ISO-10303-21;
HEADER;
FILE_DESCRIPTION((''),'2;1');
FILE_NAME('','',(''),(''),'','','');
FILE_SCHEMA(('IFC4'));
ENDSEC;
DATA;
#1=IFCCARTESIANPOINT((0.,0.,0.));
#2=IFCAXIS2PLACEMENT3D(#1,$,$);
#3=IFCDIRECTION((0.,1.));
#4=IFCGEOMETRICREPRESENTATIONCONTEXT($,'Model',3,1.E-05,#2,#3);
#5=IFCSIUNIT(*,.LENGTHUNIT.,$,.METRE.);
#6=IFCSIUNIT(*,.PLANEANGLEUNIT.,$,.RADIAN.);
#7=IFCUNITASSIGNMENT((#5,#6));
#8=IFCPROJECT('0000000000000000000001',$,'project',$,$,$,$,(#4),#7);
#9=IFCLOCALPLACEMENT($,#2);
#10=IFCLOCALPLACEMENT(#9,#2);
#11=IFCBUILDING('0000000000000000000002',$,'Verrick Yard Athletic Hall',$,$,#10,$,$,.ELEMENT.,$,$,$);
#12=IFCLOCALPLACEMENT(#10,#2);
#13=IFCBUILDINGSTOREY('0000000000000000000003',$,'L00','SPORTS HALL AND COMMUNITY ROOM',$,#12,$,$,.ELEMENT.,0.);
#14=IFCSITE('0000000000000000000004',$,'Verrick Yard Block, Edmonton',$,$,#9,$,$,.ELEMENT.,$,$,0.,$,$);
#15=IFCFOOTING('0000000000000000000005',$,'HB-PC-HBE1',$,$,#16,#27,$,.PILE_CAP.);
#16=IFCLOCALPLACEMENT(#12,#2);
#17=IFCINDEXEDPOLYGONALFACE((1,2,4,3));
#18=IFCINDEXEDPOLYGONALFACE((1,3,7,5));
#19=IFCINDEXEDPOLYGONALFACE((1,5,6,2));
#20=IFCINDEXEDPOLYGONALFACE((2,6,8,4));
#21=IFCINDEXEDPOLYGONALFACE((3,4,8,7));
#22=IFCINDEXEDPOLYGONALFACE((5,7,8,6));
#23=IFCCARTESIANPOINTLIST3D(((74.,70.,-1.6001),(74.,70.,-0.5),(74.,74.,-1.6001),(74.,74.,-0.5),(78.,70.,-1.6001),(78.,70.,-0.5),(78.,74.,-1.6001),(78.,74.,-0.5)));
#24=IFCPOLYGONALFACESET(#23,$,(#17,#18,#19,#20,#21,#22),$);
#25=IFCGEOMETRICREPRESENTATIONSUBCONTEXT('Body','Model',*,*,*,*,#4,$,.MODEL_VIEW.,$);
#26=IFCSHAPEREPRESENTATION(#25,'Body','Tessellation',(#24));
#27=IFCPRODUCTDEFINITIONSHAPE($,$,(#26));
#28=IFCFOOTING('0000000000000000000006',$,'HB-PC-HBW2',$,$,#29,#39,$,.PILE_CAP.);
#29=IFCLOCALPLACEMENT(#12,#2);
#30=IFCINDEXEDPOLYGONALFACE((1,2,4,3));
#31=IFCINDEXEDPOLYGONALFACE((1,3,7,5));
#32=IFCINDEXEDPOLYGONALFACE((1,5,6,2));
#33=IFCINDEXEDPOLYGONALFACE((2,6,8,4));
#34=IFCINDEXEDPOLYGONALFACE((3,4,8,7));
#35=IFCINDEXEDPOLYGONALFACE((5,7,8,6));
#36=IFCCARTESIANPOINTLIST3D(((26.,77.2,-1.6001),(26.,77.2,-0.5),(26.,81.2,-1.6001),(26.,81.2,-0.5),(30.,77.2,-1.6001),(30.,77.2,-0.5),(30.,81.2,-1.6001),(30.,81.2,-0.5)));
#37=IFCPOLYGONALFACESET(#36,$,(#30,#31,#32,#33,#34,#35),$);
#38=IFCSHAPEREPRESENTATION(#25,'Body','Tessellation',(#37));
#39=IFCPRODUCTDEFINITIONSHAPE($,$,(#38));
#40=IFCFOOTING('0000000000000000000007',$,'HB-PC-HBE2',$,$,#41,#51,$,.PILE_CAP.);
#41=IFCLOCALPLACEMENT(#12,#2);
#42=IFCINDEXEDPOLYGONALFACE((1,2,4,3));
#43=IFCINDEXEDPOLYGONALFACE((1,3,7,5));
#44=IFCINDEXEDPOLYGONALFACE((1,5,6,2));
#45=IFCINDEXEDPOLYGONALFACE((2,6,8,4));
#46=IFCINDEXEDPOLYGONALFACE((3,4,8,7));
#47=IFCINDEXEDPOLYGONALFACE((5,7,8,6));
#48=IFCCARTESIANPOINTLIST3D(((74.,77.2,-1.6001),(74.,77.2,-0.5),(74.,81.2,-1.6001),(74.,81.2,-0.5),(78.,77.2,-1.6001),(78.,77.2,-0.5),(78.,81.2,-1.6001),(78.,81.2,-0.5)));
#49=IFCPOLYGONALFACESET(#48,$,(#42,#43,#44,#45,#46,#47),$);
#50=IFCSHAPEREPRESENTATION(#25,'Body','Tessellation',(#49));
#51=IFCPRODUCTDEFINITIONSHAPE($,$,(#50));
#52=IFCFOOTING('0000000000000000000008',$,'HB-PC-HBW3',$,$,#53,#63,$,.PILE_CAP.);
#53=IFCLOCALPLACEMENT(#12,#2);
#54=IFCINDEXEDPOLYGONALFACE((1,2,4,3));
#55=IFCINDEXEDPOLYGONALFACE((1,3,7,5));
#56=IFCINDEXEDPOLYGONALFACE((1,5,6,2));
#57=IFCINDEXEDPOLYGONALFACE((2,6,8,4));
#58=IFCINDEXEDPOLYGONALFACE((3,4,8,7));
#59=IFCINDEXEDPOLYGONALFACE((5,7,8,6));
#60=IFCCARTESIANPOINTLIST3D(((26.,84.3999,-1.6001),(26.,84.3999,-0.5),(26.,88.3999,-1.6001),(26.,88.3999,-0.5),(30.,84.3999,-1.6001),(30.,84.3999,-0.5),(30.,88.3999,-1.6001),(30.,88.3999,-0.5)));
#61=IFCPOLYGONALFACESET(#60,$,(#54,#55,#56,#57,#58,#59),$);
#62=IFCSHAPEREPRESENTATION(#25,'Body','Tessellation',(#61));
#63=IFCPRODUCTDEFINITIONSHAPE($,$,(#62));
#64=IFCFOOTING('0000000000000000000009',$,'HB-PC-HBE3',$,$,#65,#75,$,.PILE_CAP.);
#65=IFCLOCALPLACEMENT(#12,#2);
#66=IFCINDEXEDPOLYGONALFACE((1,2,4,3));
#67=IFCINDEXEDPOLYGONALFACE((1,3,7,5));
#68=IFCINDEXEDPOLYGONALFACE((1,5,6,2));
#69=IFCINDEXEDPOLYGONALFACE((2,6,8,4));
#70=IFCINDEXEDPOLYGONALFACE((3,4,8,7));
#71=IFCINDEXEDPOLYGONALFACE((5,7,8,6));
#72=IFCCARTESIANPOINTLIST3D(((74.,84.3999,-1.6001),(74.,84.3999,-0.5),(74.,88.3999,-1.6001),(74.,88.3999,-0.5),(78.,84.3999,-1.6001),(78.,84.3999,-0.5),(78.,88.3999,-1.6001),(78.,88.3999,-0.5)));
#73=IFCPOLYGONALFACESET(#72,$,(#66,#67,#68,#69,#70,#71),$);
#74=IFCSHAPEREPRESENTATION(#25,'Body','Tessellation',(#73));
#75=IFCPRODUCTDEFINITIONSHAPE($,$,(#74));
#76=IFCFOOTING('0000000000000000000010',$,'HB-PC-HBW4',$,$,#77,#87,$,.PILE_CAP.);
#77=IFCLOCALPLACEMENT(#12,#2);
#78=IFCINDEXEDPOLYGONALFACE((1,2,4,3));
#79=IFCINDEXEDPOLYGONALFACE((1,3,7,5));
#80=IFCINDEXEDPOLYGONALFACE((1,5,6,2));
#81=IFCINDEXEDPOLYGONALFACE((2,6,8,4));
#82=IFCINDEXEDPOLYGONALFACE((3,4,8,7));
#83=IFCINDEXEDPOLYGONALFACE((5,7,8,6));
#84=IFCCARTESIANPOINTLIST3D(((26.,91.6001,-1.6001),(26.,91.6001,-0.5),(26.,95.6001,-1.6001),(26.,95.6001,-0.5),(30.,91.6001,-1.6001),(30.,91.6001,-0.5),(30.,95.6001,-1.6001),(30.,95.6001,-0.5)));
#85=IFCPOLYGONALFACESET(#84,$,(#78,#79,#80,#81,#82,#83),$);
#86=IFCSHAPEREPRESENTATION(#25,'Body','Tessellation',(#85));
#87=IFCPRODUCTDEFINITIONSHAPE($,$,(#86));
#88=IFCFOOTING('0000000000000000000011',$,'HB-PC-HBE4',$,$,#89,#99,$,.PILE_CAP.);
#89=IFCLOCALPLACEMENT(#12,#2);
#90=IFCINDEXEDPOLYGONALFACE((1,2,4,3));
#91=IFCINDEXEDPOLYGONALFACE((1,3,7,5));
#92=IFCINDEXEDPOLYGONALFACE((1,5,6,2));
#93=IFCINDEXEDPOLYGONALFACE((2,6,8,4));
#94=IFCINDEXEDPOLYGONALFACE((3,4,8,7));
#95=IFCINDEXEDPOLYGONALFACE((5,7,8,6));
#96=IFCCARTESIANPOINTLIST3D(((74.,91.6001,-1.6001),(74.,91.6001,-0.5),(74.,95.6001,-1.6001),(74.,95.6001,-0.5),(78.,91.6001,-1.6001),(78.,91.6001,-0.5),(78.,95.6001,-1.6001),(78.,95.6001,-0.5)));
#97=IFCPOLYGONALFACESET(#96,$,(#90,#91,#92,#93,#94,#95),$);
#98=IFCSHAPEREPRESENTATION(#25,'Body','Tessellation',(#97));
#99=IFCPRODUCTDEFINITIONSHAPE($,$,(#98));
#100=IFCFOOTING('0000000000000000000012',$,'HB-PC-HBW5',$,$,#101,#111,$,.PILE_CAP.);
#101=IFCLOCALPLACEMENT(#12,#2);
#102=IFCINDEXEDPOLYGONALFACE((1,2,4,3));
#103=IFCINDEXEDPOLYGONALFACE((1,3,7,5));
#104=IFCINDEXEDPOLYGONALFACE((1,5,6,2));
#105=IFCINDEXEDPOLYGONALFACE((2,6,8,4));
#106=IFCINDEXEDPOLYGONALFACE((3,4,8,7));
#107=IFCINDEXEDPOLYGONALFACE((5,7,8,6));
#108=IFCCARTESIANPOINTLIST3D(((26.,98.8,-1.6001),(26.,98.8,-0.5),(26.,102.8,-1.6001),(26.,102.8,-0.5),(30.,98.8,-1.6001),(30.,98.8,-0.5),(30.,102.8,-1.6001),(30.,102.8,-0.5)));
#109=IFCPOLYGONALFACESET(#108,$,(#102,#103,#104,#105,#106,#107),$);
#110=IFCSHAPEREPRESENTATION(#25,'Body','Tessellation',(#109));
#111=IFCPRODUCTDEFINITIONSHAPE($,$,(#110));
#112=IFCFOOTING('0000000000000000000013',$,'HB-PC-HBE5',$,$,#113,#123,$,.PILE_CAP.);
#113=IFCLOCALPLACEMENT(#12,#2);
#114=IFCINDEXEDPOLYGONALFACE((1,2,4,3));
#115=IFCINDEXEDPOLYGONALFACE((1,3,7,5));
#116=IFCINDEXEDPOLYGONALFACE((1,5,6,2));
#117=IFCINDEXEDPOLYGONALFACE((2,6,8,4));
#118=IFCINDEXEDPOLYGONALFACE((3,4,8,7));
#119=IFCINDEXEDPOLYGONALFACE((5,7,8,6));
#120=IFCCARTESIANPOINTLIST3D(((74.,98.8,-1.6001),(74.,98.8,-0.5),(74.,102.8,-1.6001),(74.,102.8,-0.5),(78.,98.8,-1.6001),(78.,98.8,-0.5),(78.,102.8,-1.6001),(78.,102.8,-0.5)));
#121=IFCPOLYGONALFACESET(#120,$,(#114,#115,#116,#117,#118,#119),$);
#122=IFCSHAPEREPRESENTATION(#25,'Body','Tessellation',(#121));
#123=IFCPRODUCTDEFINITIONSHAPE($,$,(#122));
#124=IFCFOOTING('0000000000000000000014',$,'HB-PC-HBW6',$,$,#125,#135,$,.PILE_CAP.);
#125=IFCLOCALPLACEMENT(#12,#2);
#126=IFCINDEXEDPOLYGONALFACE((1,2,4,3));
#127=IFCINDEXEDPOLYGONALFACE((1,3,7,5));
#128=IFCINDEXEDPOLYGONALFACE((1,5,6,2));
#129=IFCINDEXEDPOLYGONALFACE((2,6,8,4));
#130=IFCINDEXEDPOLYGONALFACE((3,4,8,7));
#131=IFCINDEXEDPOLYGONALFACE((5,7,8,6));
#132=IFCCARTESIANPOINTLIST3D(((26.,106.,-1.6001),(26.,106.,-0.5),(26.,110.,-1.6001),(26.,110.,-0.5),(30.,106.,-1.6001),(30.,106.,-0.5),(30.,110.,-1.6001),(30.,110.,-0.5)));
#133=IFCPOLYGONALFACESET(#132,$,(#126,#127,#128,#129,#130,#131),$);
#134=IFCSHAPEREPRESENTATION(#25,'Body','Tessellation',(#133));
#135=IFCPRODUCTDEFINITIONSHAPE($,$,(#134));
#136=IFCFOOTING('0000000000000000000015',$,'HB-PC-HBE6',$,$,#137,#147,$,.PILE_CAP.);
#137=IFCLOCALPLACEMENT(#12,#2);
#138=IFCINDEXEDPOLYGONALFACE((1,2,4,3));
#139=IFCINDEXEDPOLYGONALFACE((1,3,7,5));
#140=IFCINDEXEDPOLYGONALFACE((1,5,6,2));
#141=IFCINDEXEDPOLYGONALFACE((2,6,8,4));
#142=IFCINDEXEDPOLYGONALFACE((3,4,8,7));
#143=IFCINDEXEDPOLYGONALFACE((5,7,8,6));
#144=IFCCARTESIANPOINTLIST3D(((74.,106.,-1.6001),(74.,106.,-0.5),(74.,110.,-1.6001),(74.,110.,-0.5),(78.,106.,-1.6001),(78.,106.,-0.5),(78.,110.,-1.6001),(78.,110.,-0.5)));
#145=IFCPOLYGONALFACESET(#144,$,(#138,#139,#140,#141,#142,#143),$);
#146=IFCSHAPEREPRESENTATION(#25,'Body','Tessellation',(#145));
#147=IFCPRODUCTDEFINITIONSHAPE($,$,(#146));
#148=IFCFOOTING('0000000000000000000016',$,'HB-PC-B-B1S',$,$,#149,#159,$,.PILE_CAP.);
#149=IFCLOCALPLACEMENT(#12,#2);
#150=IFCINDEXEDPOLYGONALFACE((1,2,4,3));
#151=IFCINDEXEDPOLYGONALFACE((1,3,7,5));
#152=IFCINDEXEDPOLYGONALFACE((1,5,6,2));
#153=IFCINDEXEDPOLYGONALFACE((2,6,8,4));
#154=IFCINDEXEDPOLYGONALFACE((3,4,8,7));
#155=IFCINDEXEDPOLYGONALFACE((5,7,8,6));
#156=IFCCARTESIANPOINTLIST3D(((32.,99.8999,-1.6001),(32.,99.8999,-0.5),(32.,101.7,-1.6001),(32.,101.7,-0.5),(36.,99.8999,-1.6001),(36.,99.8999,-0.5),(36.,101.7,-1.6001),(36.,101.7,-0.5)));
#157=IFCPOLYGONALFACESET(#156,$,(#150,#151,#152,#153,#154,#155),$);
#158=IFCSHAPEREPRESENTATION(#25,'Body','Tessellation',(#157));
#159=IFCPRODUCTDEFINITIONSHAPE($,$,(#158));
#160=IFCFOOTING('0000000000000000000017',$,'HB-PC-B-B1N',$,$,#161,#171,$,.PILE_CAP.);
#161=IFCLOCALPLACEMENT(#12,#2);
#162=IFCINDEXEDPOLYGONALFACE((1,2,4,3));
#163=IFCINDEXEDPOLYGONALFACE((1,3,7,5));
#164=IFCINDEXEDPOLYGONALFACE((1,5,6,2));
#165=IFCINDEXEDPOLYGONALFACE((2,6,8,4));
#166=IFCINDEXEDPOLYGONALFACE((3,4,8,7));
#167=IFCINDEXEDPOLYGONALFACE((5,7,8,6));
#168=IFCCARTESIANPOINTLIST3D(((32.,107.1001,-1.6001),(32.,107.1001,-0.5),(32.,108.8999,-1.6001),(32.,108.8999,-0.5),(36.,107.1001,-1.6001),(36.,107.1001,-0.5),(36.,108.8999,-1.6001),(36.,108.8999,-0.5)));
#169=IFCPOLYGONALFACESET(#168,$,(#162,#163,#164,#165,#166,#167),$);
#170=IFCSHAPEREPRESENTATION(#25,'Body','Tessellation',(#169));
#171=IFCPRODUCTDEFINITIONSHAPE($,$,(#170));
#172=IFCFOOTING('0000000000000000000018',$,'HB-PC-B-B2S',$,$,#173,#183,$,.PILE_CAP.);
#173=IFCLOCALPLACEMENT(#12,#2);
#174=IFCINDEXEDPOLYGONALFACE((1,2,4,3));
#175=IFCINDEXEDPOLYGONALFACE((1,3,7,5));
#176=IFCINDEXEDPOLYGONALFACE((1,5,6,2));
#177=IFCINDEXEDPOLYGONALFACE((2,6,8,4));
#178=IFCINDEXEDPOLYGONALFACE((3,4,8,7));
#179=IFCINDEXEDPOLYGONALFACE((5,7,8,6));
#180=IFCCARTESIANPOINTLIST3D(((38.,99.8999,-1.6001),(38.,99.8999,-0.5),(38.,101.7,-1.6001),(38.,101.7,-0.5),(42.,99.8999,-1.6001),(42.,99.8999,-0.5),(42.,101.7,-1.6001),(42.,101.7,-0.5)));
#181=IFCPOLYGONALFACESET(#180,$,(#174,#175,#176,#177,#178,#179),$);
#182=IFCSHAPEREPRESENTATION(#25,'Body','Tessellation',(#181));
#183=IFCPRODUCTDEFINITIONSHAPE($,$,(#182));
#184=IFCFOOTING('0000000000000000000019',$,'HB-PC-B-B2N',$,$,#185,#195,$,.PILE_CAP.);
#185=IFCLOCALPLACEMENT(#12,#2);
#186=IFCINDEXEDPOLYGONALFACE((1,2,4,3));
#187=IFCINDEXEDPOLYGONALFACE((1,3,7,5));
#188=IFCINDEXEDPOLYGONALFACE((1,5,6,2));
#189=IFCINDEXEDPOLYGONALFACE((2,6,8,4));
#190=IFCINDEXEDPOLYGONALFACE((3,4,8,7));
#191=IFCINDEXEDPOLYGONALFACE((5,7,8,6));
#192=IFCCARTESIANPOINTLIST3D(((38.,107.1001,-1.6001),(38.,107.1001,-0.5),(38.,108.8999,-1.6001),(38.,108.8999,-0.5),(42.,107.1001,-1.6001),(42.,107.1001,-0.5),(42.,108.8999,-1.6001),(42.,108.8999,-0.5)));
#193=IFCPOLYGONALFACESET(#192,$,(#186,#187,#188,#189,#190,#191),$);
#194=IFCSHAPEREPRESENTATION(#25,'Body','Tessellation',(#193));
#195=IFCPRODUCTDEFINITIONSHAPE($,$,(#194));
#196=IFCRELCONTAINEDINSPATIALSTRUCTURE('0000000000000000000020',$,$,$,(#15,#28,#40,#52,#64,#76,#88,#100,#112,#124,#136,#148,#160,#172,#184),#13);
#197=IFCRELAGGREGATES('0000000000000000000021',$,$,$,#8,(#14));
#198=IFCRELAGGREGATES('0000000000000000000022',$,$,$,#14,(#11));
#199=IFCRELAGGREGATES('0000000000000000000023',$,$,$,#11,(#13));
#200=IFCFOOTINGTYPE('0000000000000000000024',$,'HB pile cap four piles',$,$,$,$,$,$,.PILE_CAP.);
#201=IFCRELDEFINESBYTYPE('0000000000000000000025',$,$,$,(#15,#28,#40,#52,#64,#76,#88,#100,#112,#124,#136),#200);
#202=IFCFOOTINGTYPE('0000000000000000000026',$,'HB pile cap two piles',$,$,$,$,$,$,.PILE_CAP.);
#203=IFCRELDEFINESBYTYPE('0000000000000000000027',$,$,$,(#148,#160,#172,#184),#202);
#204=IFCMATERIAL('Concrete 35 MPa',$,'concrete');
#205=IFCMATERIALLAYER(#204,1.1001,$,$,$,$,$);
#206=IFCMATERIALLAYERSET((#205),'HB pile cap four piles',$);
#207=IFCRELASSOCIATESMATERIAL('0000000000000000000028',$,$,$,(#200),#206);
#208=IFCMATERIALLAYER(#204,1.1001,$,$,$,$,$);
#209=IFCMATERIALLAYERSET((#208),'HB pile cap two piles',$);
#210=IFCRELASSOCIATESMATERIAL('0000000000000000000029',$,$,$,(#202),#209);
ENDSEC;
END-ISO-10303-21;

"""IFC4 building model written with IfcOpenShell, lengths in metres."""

from ifc_helpers import new_model, si_unit, direction, frame, origin, place, context, subcontext, project, spatial, polyline, outline, extrude, material, layer, layer_set, type_object, element, save


model = new_model("IFC4")

# Units and contexts
model_context = context("Model", 3, precision=1e-05, world=origin(), true_north=direction((0.0, 1.0)))
body_context = subcontext(model_context, "Body", "Model", "MODEL_VIEW")
ifc_project = project(units=[si_unit("LENGTHUNIT", "METRE"), si_unit("PLANEANGLEUNIT", "RADIAN")], contexts=[model_context])

# Site, building, storey
site_placement = place(None, origin())
site = spatial("IfcSite", under=ifc_project, at=site_placement, Name="Verrick Yard Block, Edmonton", CompositionType="ELEMENT", RefElevation=0.0)
building_placement = place(site_placement, origin())
building = spatial("IfcBuilding", under=site, at=building_placement, Name="Verrick Yard Athletic Hall", CompositionType="ELEMENT")
storey_placement = place(building_placement, origin())
storey = spatial("IfcBuildingStorey", under=building, at=storey_placement, Name="L00", Description="SPORTS HALL AND COMMUNITY ROOM", CompositionType="ELEMENT", Elevation=0.0)

# Footings
ifc_material = material(Name="Concrete 35 MPa", Category="concrete")
ifc_layer_1 = layer(ifc_material, 1.1001)
ifc_layer_set_1 = layer_set([ifc_layer_1], Name="HB pile cap four piles")
footing_type_1 = type_object("IfcFootingType", Name="HB pile cap four piles", PredefinedType="PILE_CAP", material=ifc_layer_set_1)
footing_1_placement = place(storey_placement, frame((0.0, 0.0, -1.6001)))
element("IfcFooting", 1, at=footing_1_placement, inside=storey, type_object=footing_type_1, Name="HB-PC-HBE1", PredefinedType="PILE_CAP", context=body_context, shape_type="SweptSolid", body=[
    extrude(outline(polyline([(74.0, 70.0), (78.0, 70.0), (78.0, 74.0), (74.0, 74.0), (74.0, 70.0)])), origin(), (0.0, 0.0, 1.0), 1.1001),
])
footing_2_placement = place(storey_placement, frame((0.0, 0.0, -1.6001)))
element("IfcFooting", 2, at=footing_2_placement, inside=storey, type_object=footing_type_1, Name="HB-PC-HBW2", PredefinedType="PILE_CAP", context=body_context, shape_type="SweptSolid", body=[
    extrude(outline(polyline([(26.0, 77.2), (30.0, 77.2), (30.0, 81.2), (26.0, 81.2), (26.0, 77.2)])), origin(), (0.0, 0.0, 1.0), 1.1001),
])
footing_3_placement = place(storey_placement, frame((0.0, 0.0, -1.6001)))
element("IfcFooting", 3, at=footing_3_placement, inside=storey, type_object=footing_type_1, Name="HB-PC-HBE2", PredefinedType="PILE_CAP", context=body_context, shape_type="SweptSolid", body=[
    extrude(outline(polyline([(74.0, 77.2), (78.0, 77.2), (78.0, 81.2), (74.0, 81.2), (74.0, 77.2)])), origin(), (0.0, 0.0, 1.0), 1.1001),
])
footing_4_placement = place(storey_placement, frame((0.0, 0.0, -1.6001)))
element("IfcFooting", 4, at=footing_4_placement, inside=storey, type_object=footing_type_1, Name="HB-PC-HBW3", PredefinedType="PILE_CAP", context=body_context, shape_type="SweptSolid", body=[
    extrude(outline(polyline([(26.0, 84.3999), (30.0, 84.3999), (30.0, 88.3999), (26.0, 88.3999), (26.0, 84.3999)])), origin(), (0.0, 0.0, 1.0), 1.1001),
])
footing_5_placement = place(storey_placement, frame((0.0, 0.0, -1.6001)))
element("IfcFooting", 5, at=footing_5_placement, inside=storey, type_object=footing_type_1, Name="HB-PC-HBE3", PredefinedType="PILE_CAP", context=body_context, shape_type="SweptSolid", body=[
    extrude(outline(polyline([(74.0, 84.3999), (78.0, 84.3999), (78.0, 88.3999), (74.0, 88.3999), (74.0, 84.3999)])), origin(), (0.0, 0.0, 1.0), 1.1001),
])
footing_6_placement = place(storey_placement, frame((0.0, 0.0, -1.6001)))
element("IfcFooting", 6, at=footing_6_placement, inside=storey, type_object=footing_type_1, Name="HB-PC-HBW4", PredefinedType="PILE_CAP", context=body_context, shape_type="SweptSolid", body=[
    extrude(outline(polyline([(26.0, 91.6001), (30.0, 91.6001), (30.0, 95.6001), (26.0, 95.6001), (26.0, 91.6001)])), origin(), (0.0, 0.0, 1.0), 1.1001),
])
footing_7_placement = place(storey_placement, frame((0.0, 0.0, -1.6001)))
element("IfcFooting", 7, at=footing_7_placement, inside=storey, type_object=footing_type_1, Name="HB-PC-HBE4", PredefinedType="PILE_CAP", context=body_context, shape_type="SweptSolid", body=[
    extrude(outline(polyline([(74.0, 91.6001), (78.0, 91.6001), (78.0, 95.6001), (74.0, 95.6001), (74.0, 91.6001)])), origin(), (0.0, 0.0, 1.0), 1.1001),
])
footing_8_placement = place(storey_placement, frame((0.0, 0.0, -1.6001)))
element("IfcFooting", 8, at=footing_8_placement, inside=storey, type_object=footing_type_1, Name="HB-PC-HBW5", PredefinedType="PILE_CAP", context=body_context, shape_type="SweptSolid", body=[
    extrude(outline(polyline([(26.0, 98.8), (30.0, 98.8), (30.0, 102.8), (26.0, 102.8), (26.0, 98.8)])), origin(), (0.0, 0.0, 1.0), 1.1001),
])
footing_9_placement = place(storey_placement, frame((0.0, 0.0, -1.6001)))
element("IfcFooting", 9, at=footing_9_placement, inside=storey, type_object=footing_type_1, Name="HB-PC-HBE5", PredefinedType="PILE_CAP", context=body_context, shape_type="SweptSolid", body=[
    extrude(outline(polyline([(74.0, 98.8), (78.0, 98.8), (78.0, 102.8), (74.0, 102.8), (74.0, 98.8)])), origin(), (0.0, 0.0, 1.0), 1.1001),
])
footing_10_placement = place(storey_placement, frame((0.0, 0.0, -1.6001)))
element("IfcFooting", 10, at=footing_10_placement, inside=storey, type_object=footing_type_1, Name="HB-PC-HBW6", PredefinedType="PILE_CAP", context=body_context, shape_type="SweptSolid", body=[
    extrude(outline(polyline([(26.0, 106.0), (30.0, 106.0), (30.0, 110.0), (26.0, 110.0), (26.0, 106.0)])), origin(), (0.0, 0.0, 1.0), 1.1001),
])
footing_11_placement = place(storey_placement, frame((0.0, 0.0, -1.6001)))
element("IfcFooting", 11, at=footing_11_placement, inside=storey, type_object=footing_type_1, Name="HB-PC-HBE6", PredefinedType="PILE_CAP", context=body_context, shape_type="SweptSolid", body=[
    extrude(outline(polyline([(74.0, 106.0), (78.0, 106.0), (78.0, 110.0), (74.0, 110.0), (74.0, 106.0)])), origin(), (0.0, 0.0, 1.0), 1.1001),
])
ifc_layer_2 = layer(ifc_material, 1.1001)
ifc_layer_set_2 = layer_set([ifc_layer_2], Name="HB pile cap two piles")
footing_type_2 = type_object("IfcFootingType", Name="HB pile cap two piles", PredefinedType="PILE_CAP", material=ifc_layer_set_2)
footing_12_placement = place(storey_placement, frame((0.0, 0.0, -1.6001)))
element("IfcFooting", 12, at=footing_12_placement, inside=storey, type_object=footing_type_2, Name="HB-PC-B-B1S", PredefinedType="PILE_CAP", context=body_context, shape_type="SweptSolid", body=[
    extrude(outline(polyline([(32.0, 99.8999), (36.0, 99.8999), (36.0, 101.7), (32.0, 101.7), (32.0, 99.8999)])), origin(), (0.0, 0.0, 1.0), 1.1001),
])
footing_13_placement = place(storey_placement, frame((0.0, 0.0, -1.6001)))
element("IfcFooting", 13, at=footing_13_placement, inside=storey, type_object=footing_type_2, Name="HB-PC-B-B1N", PredefinedType="PILE_CAP", context=body_context, shape_type="SweptSolid", body=[
    extrude(outline(polyline([(32.0, 107.1001), (36.0, 107.1001), (36.0, 108.8999), (32.0, 108.8999), (32.0, 107.1001)])), origin(), (0.0, 0.0, 1.0), 1.1001),
])
footing_14_placement = place(storey_placement, frame((0.0, 0.0, -1.6001)))
element("IfcFooting", 14, at=footing_14_placement, inside=storey, type_object=footing_type_2, Name="HB-PC-B-B2S", PredefinedType="PILE_CAP", context=body_context, shape_type="SweptSolid", body=[
    extrude(outline(polyline([(38.0, 99.8999), (42.0, 99.8999), (42.0, 101.7), (38.0, 101.7), (38.0, 99.8999)])), origin(), (0.0, 0.0, 1.0), 1.1001),
])
footing_15_placement = place(storey_placement, frame((0.0, 0.0, -1.6001)))
element("IfcFooting", 15, at=footing_15_placement, inside=storey, type_object=footing_type_2, Name="HB-PC-B-B2N", PredefinedType="PILE_CAP", context=body_context, shape_type="SweptSolid", body=[
    extrude(outline(polyline([(38.0, 107.1001), (42.0, 107.1001), (42.0, 108.8999), (38.0, 108.8999), (38.0, 107.1001)])), origin(), (0.0, 0.0, 1.0), 1.1001),
])

save(model, "model.ifc")
